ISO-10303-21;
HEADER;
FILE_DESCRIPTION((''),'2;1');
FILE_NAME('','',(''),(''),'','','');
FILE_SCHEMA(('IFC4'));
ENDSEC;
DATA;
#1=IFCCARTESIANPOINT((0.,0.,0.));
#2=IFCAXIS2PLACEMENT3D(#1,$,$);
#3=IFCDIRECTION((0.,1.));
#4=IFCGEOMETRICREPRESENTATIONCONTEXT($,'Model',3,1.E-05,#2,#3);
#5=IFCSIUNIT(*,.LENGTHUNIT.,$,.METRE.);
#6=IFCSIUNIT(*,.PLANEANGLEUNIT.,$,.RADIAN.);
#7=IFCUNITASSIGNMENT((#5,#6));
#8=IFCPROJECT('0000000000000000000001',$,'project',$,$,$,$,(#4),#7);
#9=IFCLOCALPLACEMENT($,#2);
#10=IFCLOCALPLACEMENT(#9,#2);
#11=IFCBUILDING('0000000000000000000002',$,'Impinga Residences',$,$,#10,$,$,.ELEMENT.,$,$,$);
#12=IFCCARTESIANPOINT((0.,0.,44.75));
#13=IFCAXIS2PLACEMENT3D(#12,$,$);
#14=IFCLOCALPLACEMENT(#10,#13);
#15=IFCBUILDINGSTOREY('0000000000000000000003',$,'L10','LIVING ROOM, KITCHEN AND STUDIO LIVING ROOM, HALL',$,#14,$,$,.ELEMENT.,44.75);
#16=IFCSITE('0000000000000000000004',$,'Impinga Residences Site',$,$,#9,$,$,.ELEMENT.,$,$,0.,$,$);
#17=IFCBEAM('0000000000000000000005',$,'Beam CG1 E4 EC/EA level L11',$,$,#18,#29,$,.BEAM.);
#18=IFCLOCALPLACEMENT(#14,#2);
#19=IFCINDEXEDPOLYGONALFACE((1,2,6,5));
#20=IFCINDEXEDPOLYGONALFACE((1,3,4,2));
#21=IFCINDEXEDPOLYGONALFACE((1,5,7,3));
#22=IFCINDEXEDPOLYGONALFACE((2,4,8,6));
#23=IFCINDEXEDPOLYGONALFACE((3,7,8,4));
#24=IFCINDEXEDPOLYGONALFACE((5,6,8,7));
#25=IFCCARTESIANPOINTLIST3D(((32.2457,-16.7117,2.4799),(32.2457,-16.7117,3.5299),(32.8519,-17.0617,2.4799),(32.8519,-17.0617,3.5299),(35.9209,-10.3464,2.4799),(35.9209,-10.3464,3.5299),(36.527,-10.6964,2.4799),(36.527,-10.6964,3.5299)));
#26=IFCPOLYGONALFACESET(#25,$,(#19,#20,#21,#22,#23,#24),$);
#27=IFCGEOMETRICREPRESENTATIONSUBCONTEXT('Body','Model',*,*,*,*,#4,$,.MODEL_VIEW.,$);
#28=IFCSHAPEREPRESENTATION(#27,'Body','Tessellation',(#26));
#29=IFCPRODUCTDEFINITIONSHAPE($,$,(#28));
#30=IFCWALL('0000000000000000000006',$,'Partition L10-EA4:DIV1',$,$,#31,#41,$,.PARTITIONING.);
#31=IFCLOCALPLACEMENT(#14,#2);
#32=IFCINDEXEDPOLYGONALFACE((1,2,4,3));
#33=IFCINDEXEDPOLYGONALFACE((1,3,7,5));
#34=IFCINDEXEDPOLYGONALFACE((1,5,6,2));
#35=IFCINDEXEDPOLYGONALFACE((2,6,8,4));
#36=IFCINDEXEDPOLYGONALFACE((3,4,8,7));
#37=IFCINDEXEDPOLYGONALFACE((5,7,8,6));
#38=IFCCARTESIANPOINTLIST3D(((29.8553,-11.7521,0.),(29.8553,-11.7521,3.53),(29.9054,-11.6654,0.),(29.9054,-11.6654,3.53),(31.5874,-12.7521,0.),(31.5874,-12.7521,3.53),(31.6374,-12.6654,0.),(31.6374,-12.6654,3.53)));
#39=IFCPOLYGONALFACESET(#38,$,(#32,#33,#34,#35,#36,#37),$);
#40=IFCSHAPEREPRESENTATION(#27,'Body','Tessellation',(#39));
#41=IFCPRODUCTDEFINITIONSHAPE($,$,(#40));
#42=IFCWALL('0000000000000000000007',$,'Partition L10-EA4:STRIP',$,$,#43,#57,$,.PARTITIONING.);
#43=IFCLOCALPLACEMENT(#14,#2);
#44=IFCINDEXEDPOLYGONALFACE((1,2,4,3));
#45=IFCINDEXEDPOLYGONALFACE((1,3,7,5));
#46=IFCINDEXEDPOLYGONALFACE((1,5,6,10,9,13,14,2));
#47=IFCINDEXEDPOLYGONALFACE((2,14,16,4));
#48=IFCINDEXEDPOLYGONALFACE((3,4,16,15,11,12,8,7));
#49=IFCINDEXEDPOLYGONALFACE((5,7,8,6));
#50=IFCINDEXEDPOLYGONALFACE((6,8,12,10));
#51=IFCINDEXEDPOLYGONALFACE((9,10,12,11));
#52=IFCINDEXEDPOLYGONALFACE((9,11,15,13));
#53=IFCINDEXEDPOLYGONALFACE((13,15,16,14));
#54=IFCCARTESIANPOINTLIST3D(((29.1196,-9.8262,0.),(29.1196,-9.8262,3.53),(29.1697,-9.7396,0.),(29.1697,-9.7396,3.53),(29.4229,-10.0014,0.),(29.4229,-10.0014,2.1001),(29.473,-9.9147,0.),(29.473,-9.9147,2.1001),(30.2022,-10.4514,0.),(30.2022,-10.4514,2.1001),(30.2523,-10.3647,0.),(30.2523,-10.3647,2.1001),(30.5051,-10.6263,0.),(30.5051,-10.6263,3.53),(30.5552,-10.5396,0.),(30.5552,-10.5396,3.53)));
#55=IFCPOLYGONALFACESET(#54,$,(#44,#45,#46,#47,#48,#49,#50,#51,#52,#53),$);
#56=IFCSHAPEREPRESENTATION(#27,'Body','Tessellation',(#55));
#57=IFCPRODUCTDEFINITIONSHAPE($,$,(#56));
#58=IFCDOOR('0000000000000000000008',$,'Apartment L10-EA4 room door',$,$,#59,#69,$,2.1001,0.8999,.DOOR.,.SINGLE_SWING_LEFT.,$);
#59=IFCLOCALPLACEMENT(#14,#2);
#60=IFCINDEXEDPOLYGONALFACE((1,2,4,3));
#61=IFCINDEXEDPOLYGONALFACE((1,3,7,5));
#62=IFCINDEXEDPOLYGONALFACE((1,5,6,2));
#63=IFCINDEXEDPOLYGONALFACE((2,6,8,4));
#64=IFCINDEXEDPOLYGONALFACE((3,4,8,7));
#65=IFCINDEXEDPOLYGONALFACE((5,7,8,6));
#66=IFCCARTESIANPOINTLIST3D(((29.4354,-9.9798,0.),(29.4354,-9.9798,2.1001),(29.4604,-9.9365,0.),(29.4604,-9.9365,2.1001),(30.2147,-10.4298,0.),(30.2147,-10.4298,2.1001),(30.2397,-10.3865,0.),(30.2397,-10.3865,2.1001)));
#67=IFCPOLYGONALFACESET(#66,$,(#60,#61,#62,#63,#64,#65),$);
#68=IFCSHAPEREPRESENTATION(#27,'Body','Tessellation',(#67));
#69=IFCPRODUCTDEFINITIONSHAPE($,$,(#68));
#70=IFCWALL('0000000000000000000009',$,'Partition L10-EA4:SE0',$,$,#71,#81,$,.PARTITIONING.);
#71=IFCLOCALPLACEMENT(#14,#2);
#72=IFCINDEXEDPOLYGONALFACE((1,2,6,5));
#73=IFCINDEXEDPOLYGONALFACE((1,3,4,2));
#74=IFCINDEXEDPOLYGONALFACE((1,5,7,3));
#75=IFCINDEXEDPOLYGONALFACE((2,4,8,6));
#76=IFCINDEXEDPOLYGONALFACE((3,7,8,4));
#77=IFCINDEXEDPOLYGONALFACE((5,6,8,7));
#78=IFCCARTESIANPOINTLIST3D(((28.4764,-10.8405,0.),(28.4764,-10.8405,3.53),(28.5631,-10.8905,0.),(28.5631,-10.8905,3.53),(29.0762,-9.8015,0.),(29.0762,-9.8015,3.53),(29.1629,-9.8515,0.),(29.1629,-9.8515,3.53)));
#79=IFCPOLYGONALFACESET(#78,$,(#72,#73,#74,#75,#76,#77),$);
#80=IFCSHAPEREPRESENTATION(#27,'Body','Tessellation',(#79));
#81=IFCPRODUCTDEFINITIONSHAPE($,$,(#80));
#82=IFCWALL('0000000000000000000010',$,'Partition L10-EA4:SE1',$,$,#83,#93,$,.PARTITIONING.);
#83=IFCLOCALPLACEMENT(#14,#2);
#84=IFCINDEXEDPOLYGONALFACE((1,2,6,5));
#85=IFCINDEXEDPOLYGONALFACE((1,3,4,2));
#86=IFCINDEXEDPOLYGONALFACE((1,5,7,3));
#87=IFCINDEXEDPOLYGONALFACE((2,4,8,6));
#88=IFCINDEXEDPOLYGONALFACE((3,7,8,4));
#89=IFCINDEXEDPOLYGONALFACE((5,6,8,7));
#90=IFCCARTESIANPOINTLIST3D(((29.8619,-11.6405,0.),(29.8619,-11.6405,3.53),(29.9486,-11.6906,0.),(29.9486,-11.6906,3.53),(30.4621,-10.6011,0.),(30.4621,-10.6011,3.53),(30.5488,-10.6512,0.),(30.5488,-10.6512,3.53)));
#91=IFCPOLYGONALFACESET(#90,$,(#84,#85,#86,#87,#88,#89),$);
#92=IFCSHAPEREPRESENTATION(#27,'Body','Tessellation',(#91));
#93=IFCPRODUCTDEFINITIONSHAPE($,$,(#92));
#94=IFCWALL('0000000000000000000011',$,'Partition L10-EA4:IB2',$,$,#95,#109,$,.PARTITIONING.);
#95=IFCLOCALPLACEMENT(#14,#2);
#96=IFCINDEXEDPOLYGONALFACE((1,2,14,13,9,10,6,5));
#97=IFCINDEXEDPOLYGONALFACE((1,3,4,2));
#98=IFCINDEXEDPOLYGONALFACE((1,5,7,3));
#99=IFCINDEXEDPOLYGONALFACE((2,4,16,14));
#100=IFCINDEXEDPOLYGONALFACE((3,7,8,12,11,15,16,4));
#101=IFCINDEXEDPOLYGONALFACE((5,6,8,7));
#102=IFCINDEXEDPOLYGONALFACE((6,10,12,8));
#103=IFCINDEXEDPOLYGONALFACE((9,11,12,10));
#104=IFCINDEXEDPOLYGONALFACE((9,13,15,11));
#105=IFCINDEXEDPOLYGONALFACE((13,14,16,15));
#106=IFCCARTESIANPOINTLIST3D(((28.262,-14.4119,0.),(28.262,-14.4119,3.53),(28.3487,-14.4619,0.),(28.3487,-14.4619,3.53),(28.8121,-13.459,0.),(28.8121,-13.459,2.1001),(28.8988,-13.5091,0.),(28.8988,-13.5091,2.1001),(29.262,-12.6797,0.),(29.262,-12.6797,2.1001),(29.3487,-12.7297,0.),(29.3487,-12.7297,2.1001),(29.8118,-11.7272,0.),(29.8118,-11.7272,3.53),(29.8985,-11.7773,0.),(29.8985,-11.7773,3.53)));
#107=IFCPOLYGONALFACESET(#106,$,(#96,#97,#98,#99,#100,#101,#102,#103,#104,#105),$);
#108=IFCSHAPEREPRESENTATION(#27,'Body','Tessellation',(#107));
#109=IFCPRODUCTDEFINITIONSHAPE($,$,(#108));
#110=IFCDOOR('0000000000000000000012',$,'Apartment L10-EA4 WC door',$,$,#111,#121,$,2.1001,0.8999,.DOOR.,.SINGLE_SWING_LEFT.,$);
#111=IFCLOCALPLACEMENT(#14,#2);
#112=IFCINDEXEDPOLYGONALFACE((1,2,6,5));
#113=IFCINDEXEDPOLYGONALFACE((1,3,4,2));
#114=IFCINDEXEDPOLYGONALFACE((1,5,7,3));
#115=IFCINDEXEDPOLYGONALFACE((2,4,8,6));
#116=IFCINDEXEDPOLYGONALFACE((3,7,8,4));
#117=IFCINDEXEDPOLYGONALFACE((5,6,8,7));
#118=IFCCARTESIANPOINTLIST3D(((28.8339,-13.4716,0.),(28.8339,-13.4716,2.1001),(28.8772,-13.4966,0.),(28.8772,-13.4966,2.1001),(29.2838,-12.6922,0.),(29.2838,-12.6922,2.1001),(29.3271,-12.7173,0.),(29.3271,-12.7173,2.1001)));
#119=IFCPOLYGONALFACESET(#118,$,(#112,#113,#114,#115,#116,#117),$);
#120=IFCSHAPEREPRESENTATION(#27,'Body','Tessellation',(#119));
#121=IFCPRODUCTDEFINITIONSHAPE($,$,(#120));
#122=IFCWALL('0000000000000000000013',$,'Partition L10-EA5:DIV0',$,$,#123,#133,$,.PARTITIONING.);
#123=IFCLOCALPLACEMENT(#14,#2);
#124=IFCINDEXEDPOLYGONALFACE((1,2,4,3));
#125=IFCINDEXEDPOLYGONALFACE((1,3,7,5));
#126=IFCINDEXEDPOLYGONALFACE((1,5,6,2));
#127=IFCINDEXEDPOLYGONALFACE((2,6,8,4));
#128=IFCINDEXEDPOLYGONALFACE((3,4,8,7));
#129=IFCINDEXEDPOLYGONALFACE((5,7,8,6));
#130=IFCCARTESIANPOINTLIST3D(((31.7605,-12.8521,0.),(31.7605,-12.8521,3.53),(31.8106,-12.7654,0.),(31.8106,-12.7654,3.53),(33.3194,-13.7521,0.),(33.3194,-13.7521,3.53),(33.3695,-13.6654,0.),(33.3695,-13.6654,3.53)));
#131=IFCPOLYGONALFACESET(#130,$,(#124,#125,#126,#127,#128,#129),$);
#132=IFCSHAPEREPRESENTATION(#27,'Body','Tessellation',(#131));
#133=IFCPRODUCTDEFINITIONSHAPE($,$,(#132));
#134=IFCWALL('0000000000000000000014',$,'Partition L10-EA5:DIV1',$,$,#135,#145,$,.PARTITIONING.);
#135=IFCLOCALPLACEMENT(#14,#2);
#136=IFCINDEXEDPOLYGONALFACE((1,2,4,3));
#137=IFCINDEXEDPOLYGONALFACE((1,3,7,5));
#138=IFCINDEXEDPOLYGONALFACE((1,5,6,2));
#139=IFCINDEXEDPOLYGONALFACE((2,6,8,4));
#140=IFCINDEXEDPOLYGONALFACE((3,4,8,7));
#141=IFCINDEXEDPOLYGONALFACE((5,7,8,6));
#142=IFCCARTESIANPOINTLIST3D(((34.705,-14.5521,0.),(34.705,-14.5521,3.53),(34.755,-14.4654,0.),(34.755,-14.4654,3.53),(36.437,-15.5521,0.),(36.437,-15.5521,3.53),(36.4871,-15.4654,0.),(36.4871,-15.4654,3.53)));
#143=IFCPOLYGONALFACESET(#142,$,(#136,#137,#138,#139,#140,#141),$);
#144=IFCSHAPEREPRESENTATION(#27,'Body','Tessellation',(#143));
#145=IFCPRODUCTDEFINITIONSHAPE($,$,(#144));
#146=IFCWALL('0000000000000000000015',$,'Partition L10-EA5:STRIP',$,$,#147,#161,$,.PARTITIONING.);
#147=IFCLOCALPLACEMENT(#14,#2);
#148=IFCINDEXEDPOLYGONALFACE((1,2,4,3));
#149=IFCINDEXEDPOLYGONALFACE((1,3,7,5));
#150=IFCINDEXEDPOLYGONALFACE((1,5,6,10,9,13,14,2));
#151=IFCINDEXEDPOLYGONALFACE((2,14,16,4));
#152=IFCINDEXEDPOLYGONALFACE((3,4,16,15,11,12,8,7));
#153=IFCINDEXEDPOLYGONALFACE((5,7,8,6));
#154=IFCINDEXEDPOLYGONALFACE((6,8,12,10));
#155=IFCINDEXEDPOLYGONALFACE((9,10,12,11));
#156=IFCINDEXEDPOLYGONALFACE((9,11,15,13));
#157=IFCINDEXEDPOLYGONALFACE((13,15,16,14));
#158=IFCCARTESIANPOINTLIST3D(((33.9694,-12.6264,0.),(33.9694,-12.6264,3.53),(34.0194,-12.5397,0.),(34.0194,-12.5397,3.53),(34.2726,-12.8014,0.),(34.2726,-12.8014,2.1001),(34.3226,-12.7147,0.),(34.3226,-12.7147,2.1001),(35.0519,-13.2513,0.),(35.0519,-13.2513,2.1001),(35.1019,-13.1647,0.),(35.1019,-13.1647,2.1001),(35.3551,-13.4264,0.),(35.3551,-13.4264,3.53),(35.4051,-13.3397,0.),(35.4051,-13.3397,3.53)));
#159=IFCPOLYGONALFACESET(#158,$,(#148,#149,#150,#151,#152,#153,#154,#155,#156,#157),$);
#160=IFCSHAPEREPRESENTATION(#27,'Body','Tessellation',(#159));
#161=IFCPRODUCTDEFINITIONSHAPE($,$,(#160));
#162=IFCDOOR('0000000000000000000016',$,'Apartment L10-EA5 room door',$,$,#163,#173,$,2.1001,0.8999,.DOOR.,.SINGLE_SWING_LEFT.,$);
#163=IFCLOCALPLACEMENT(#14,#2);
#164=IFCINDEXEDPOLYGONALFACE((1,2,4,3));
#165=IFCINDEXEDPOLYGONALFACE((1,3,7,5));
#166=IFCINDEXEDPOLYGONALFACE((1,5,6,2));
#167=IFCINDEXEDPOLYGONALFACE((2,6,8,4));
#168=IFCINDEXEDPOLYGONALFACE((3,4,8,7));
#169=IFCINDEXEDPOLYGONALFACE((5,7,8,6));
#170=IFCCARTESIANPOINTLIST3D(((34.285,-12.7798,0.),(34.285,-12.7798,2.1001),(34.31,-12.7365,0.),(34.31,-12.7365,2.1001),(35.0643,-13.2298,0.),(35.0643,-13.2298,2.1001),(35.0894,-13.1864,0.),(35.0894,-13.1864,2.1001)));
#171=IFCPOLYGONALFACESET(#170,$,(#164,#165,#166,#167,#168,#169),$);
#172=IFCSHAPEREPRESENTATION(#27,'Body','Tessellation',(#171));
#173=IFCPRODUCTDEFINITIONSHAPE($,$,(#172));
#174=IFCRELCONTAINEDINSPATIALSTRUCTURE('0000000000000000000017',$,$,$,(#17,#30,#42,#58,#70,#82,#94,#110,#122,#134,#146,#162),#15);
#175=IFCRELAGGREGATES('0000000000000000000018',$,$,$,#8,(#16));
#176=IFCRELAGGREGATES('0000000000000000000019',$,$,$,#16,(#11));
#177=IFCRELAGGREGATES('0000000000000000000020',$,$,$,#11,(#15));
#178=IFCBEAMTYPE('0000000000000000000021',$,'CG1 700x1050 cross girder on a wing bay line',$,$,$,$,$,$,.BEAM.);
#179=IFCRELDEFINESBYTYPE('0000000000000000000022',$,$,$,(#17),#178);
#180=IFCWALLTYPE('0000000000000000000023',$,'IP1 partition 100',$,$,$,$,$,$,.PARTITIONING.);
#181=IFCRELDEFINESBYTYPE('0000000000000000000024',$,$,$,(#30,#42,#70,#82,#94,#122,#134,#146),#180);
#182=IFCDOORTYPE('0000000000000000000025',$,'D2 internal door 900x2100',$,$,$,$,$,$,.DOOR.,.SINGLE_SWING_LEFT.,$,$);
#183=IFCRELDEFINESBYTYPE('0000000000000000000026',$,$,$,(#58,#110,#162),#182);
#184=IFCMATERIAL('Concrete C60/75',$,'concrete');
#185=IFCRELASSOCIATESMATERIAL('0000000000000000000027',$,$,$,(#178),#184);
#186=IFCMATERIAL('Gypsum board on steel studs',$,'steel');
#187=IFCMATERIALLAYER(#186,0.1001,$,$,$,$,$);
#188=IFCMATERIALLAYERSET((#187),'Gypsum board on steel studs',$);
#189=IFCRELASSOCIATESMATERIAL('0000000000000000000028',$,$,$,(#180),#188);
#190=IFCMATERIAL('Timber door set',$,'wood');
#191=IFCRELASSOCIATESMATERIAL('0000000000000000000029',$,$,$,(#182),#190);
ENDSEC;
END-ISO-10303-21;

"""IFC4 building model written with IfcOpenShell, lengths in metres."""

from ifc_helpers import new_model, si_unit, direction, frame, frame_2d, origin, origin_2d, place, context, subcontext, project, spatial, rectangle, extrude, material, layer, layer_set, material_profile, profile_set, type_object, element, fill, save


model = new_model("IFC4")

# Units and contexts
model_context = context("Model", 3, precision=1e-05, world=origin(), true_north=direction((0.0, 1.0)))
body_context = subcontext(model_context, "Body", "Model", "MODEL_VIEW")
ifc_project = project(units=[si_unit("LENGTHUNIT", "METRE"), si_unit("PLANEANGLEUNIT", "RADIAN")], contexts=[model_context])

# Site, building, storey
site_placement = place(None, origin())
site = spatial("IfcSite", under=ifc_project, at=site_placement, Name="Impinga Residences Site", CompositionType="ELEMENT", RefElevation=0.0)
building_placement = place(site_placement, origin())
building = spatial("IfcBuilding", under=site, at=building_placement, Name="Impinga Residences", CompositionType="ELEMENT")
storey_placement = place(building_placement, frame((0.0, 0.0, 44.75)))
storey = spatial("IfcBuildingStorey", under=building, at=storey_placement, Name="L10", Description="LIVING ROOM, KITCHEN AND STUDIO LIVING ROOM, HALL", CompositionType="ELEMENT", Elevation=44.75)

# Beam
ifc_material_1 = material(Name="Concrete C60/75", Category="concrete")
ifc_material_profile = material_profile(ifc_material_1, rectangle(XDim=0.7, YDim=1.05, at=origin_2d()), Name="RC 700x1050")
ifc_profile_set = profile_set([ifc_material_profile], Name="Concrete C60/75")
beam_type = type_object("IfcBeamType", Name="CG1 700x1050 cross girder on a wing bay line", PredefinedType="BEAM", material=ifc_profile_set)
beam_placement = place(storey_placement, frame((32.5488, -16.8867, 3.0049), z_axis=(0.500008, 0.866021, 0.0), x_axis=(-0.866021, 0.500008, 0.0)))
element("IfcBeam", 1, at=beam_placement, inside=storey, type_object=beam_type, Name="Beam CG1 E4 EC/EA level L11", PredefinedType="BEAM", context=body_context, shape_type="SweptSolid", body=[
    extrude(rectangle(XDim=0.7, YDim=1.05, at=origin_2d()), origin(), (0.0, 0.0, 1.0), 7.3501),
])

# Wall
ifc_material_2 = material(Name="Gypsum board on steel studs", Category="steel")
ifc_layer_1 = layer(ifc_material_2, 0.1001)
ifc_layer_set_1 = layer_set([ifc_layer_1], Name="Gypsum board on steel studs")
wall_type_1 = type_object("IfcWallType", Name="IP1 partition 100", PredefinedType="PARTITIONING", material=ifc_layer_set_1)
wall_1_placement = place(storey_placement, frame((29.8804, -11.7087, 0.0), z_axis=(0.0, 0.0, 1.0), x_axis=(0.866011, -0.500025, 0.0)))
element("IfcWall", 2, at=wall_1_placement, inside=storey, type_object=wall_type_1, Name="Partition L10-EA4:DIV1", PredefinedType="PARTITIONING", context=body_context, shape_type="SweptSolid", body=[
    extrude(rectangle(XDim=2.0, YDim=0.1001, at=frame_2d((1.0, 0.0))), origin(), (0.0, 0.0, 1.0), 3.53),
])

# Wall, opening, door
wall_2_placement = place(storey_placement, frame((29.1448, -9.783, 0.0), z_axis=(0.0, 0.0, 1.0), x_axis=(0.86599, -0.500061, 0.0)))
wall_2 = element("IfcWall", 3, at=wall_2_placement, inside=storey, type_object=wall_type_1, Name="Partition L10-EA4:STRIP", PredefinedType="PARTITIONING", context=body_context, shape_type="SweptSolid", body=[
    extrude(rectangle(XDim=1.5999, YDim=0.1001, at=frame_2d((0.7998, 0.0))), origin(), (0.0, 0.0, 1.0), 3.53),
])
opening_1_placement = place(wall_2_placement, frame((0.3501, 0.0, 0.0)))
opening_1 = element("IfcOpeningElement", 4, at=opening_1_placement, cuts=wall_2, PredefinedType="OPENING", context=body_context, shape_type="SweptSolid", body=[
    extrude(rectangle(XDim=0.8999, YDim=2.1001, at=frame_2d((0.45, 1.05))), frame((0.0, 0.0601, 0.0), z_axis=(0.0, -1.0, 0.0), x_axis=(1.0, 0.0, 0.0)), (0.0, 0.0, 1.0), 0.1201),
])
ifc_material_3 = material(Name="Timber door set", Category="wood")
door_type = type_object("IfcDoorType", Name="D2 internal door 900x2100", OperationType="SINGLE_SWING_LEFT", PredefinedType="DOOR", material=ifc_material_3)
door_1_placement = place(opening_1_placement, origin())
door_1 = element("IfcDoor", 5, at=door_1_placement, inside=storey, type_object=door_type, Name="Apartment L10-EA4 room door", OperationType="SINGLE_SWING_LEFT", OverallHeight=2.1001, OverallWidth=0.8999, PredefinedType="DOOR", context=body_context, shape_type="SweptSolid", body=[
    extrude(rectangle(XDim=0.8999, YDim=2.1001, at=frame_2d((0.45, 1.05))), frame((0.0, 0.0249, 0.0), z_axis=(0.0, -1.0, 0.0), x_axis=(1.0, 0.0, 0.0)), (0.0, 0.0, 1.0), 0.05),
])
fill(opening_1, door_1)

# Walls
wall_3_placement = place(storey_placement, frame((28.5198, -10.8655, 0.0), z_axis=(0.0, 0.0, 1.0), x_axis=(0.499969, 0.866043, 0.0)))
element("IfcWall", 6, at=wall_3_placement, inside=storey, type_object=wall_type_1, Name="Partition L10-EA4:SE0", PredefinedType="PARTITIONING", context=body_context, shape_type="SweptSolid", body=[
    extrude(rectangle(XDim=1.1997, YDim=0.1001, at=frame_2d((0.5999, 0.0))), origin(), (0.0, 0.0, 1.0), 3.53),
])
wall_4_placement = place(storey_placement, frame((29.9053, -11.6655, 0.0), z_axis=(0.0, 0.0, 1.0), x_axis=(0.500034, 0.866006, 0.0)))
element("IfcWall", 7, at=wall_4_placement, inside=storey, type_object=wall_type_1, Name="Partition L10-EA4:SE1", PredefinedType="PARTITIONING", context=body_context, shape_type="SweptSolid", body=[
    extrude(rectangle(XDim=1.2002, YDim=0.1001, at=frame_2d((0.6001, 0.0))), origin(), (0.0, 0.0, 1.0), 3.53),
])

# Wall, opening, door
wall_5_placement = place(storey_placement, frame((28.3054, -14.4368, 0.0), z_axis=(0.0, 0.0, 1.0), x_axis=(0.499968, 0.866044, 0.0)))
wall_5 = element("IfcWall", 8, at=wall_5_placement, inside=storey, type_object=wall_type_1, Name="Partition L10-EA4:IB2", PredefinedType="PARTITIONING", context=body_context, shape_type="SweptSolid", body=[
    extrude(rectangle(XDim=3.0999, YDim=0.1001, at=frame_2d((1.5498, 0.0))), origin(), (0.0, 0.0, 1.0), 3.53),
])
opening_2_placement = place(wall_5_placement, frame((1.1001, 0.0, 0.0)))
opening_2 = element("IfcOpeningElement", 9, at=opening_2_placement, cuts=wall_5, PredefinedType="OPENING", context=body_context, shape_type="SweptSolid", body=[
    extrude(rectangle(XDim=0.8999, YDim=2.1001, at=frame_2d((0.45, 1.05))), frame((0.0, 0.0601, 0.0), z_axis=(0.0, -1.0, 0.0), x_axis=(1.0, 0.0, 0.0)), (0.0, 0.0, 1.0), 0.1201),
])
door_2_placement = place(opening_2_placement, origin())
door_2 = element("IfcDoor", 10, at=door_2_placement, inside=storey, type_object=door_type, Name="Apartment L10-EA4 WC door", OperationType="SINGLE_SWING_LEFT", OverallHeight=2.1001, OverallWidth=0.8999, PredefinedType="DOOR", context=body_context, shape_type="SweptSolid", body=[
    extrude(rectangle(XDim=0.8999, YDim=2.1001, at=frame_2d((0.45, 1.05))), frame((0.0, 0.0249, 0.0), z_axis=(0.0, -1.0, 0.0), x_axis=(1.0, 0.0, 0.0)), (0.0, 0.0, 1.0), 0.05),
])
fill(opening_2, door_2)

# Walls
wall_6_placement = place(storey_placement, frame((31.7856, -12.8088, 0.0), z_axis=(0.0, 0.0, 1.0), x_axis=(0.866048, -0.499961, 0.0)))
element("IfcWall", 11, at=wall_6_placement, inside=storey, type_object=wall_type_1, Name="Partition L10-EA5:DIV0", PredefinedType="PARTITIONING", context=body_context, shape_type="SweptSolid", body=[
    extrude(rectangle(XDim=1.8, YDim=0.1001, at=frame_2d((0.8999, 0.0))), origin(), (0.0, 0.0, 1.0), 3.53),
])
wall_7_placement = place(storey_placement, frame((34.73, -14.5088, 0.0), z_axis=(0.0, 0.0, 1.0), x_axis=(0.866041, -0.499973, 0.0)))
element("IfcWall", 12, at=wall_7_placement, inside=storey, type_object=wall_type_1, Name="Partition L10-EA5:DIV1", PredefinedType="PARTITIONING", context=body_context, shape_type="SweptSolid", body=[
    extrude(rectangle(XDim=2.0, YDim=0.1001, at=frame_2d((1.0, 0.0))), origin(), (0.0, 0.0, 1.0), 3.53),
])

# Wall, opening, door
wall_8_placement = place(storey_placement, frame((33.9944, -12.583, 0.0), z_axis=(0.0, 0.0, 1.0), x_axis=(0.866028, -0.499995, 0.0)))
wall_8 = element("IfcWall", 13, at=wall_8_placement, inside=storey, type_object=wall_type_1, Name="Partition L10-EA5:STRIP", PredefinedType="PARTITIONING", context=body_context, shape_type="SweptSolid", body=[
    extrude(rectangle(XDim=1.6001, YDim=0.1001, at=frame_2d((0.8, 0.0))), origin(), (0.0, 0.0, 1.0), 3.53),
])
opening_3_placement = place(wall_8_placement, frame((0.3501, 0.0, 0.0)))
opening_3 = element("IfcOpeningElement", 14, at=opening_3_placement, cuts=wall_8, PredefinedType="OPENING", context=body_context, shape_type="SweptSolid", body=[
    extrude(rectangle(XDim=0.8999, YDim=2.1001, at=frame_2d((0.45, 1.05))), frame((0.0, 0.0601, 0.0), z_axis=(0.0, -1.0, 0.0), x_axis=(1.0, 0.0, 0.0)), (0.0, 0.0, 1.0), 0.1201),
])
door_3_placement = place(opening_3_placement, origin())
door_3 = element("IfcDoor", 15, at=door_3_placement, inside=storey, type_object=door_type, Name="Apartment L10-EA5 room door", OperationType="SINGLE_SWING_LEFT", OverallHeight=2.1001, OverallWidth=0.8999, PredefinedType="DOOR", context=body_context, shape_type="SweptSolid", body=[
    extrude(rectangle(XDim=0.8999, YDim=2.1001, at=frame_2d((0.45, 1.05))), frame((0.0, 0.0249, 0.0), z_axis=(0.0, -1.0, 0.0), x_axis=(1.0, 0.0, 0.0)), (0.0, 0.0, 1.0), 0.05),
])
fill(opening_3, door_3)

save(model, "model.ifc")
